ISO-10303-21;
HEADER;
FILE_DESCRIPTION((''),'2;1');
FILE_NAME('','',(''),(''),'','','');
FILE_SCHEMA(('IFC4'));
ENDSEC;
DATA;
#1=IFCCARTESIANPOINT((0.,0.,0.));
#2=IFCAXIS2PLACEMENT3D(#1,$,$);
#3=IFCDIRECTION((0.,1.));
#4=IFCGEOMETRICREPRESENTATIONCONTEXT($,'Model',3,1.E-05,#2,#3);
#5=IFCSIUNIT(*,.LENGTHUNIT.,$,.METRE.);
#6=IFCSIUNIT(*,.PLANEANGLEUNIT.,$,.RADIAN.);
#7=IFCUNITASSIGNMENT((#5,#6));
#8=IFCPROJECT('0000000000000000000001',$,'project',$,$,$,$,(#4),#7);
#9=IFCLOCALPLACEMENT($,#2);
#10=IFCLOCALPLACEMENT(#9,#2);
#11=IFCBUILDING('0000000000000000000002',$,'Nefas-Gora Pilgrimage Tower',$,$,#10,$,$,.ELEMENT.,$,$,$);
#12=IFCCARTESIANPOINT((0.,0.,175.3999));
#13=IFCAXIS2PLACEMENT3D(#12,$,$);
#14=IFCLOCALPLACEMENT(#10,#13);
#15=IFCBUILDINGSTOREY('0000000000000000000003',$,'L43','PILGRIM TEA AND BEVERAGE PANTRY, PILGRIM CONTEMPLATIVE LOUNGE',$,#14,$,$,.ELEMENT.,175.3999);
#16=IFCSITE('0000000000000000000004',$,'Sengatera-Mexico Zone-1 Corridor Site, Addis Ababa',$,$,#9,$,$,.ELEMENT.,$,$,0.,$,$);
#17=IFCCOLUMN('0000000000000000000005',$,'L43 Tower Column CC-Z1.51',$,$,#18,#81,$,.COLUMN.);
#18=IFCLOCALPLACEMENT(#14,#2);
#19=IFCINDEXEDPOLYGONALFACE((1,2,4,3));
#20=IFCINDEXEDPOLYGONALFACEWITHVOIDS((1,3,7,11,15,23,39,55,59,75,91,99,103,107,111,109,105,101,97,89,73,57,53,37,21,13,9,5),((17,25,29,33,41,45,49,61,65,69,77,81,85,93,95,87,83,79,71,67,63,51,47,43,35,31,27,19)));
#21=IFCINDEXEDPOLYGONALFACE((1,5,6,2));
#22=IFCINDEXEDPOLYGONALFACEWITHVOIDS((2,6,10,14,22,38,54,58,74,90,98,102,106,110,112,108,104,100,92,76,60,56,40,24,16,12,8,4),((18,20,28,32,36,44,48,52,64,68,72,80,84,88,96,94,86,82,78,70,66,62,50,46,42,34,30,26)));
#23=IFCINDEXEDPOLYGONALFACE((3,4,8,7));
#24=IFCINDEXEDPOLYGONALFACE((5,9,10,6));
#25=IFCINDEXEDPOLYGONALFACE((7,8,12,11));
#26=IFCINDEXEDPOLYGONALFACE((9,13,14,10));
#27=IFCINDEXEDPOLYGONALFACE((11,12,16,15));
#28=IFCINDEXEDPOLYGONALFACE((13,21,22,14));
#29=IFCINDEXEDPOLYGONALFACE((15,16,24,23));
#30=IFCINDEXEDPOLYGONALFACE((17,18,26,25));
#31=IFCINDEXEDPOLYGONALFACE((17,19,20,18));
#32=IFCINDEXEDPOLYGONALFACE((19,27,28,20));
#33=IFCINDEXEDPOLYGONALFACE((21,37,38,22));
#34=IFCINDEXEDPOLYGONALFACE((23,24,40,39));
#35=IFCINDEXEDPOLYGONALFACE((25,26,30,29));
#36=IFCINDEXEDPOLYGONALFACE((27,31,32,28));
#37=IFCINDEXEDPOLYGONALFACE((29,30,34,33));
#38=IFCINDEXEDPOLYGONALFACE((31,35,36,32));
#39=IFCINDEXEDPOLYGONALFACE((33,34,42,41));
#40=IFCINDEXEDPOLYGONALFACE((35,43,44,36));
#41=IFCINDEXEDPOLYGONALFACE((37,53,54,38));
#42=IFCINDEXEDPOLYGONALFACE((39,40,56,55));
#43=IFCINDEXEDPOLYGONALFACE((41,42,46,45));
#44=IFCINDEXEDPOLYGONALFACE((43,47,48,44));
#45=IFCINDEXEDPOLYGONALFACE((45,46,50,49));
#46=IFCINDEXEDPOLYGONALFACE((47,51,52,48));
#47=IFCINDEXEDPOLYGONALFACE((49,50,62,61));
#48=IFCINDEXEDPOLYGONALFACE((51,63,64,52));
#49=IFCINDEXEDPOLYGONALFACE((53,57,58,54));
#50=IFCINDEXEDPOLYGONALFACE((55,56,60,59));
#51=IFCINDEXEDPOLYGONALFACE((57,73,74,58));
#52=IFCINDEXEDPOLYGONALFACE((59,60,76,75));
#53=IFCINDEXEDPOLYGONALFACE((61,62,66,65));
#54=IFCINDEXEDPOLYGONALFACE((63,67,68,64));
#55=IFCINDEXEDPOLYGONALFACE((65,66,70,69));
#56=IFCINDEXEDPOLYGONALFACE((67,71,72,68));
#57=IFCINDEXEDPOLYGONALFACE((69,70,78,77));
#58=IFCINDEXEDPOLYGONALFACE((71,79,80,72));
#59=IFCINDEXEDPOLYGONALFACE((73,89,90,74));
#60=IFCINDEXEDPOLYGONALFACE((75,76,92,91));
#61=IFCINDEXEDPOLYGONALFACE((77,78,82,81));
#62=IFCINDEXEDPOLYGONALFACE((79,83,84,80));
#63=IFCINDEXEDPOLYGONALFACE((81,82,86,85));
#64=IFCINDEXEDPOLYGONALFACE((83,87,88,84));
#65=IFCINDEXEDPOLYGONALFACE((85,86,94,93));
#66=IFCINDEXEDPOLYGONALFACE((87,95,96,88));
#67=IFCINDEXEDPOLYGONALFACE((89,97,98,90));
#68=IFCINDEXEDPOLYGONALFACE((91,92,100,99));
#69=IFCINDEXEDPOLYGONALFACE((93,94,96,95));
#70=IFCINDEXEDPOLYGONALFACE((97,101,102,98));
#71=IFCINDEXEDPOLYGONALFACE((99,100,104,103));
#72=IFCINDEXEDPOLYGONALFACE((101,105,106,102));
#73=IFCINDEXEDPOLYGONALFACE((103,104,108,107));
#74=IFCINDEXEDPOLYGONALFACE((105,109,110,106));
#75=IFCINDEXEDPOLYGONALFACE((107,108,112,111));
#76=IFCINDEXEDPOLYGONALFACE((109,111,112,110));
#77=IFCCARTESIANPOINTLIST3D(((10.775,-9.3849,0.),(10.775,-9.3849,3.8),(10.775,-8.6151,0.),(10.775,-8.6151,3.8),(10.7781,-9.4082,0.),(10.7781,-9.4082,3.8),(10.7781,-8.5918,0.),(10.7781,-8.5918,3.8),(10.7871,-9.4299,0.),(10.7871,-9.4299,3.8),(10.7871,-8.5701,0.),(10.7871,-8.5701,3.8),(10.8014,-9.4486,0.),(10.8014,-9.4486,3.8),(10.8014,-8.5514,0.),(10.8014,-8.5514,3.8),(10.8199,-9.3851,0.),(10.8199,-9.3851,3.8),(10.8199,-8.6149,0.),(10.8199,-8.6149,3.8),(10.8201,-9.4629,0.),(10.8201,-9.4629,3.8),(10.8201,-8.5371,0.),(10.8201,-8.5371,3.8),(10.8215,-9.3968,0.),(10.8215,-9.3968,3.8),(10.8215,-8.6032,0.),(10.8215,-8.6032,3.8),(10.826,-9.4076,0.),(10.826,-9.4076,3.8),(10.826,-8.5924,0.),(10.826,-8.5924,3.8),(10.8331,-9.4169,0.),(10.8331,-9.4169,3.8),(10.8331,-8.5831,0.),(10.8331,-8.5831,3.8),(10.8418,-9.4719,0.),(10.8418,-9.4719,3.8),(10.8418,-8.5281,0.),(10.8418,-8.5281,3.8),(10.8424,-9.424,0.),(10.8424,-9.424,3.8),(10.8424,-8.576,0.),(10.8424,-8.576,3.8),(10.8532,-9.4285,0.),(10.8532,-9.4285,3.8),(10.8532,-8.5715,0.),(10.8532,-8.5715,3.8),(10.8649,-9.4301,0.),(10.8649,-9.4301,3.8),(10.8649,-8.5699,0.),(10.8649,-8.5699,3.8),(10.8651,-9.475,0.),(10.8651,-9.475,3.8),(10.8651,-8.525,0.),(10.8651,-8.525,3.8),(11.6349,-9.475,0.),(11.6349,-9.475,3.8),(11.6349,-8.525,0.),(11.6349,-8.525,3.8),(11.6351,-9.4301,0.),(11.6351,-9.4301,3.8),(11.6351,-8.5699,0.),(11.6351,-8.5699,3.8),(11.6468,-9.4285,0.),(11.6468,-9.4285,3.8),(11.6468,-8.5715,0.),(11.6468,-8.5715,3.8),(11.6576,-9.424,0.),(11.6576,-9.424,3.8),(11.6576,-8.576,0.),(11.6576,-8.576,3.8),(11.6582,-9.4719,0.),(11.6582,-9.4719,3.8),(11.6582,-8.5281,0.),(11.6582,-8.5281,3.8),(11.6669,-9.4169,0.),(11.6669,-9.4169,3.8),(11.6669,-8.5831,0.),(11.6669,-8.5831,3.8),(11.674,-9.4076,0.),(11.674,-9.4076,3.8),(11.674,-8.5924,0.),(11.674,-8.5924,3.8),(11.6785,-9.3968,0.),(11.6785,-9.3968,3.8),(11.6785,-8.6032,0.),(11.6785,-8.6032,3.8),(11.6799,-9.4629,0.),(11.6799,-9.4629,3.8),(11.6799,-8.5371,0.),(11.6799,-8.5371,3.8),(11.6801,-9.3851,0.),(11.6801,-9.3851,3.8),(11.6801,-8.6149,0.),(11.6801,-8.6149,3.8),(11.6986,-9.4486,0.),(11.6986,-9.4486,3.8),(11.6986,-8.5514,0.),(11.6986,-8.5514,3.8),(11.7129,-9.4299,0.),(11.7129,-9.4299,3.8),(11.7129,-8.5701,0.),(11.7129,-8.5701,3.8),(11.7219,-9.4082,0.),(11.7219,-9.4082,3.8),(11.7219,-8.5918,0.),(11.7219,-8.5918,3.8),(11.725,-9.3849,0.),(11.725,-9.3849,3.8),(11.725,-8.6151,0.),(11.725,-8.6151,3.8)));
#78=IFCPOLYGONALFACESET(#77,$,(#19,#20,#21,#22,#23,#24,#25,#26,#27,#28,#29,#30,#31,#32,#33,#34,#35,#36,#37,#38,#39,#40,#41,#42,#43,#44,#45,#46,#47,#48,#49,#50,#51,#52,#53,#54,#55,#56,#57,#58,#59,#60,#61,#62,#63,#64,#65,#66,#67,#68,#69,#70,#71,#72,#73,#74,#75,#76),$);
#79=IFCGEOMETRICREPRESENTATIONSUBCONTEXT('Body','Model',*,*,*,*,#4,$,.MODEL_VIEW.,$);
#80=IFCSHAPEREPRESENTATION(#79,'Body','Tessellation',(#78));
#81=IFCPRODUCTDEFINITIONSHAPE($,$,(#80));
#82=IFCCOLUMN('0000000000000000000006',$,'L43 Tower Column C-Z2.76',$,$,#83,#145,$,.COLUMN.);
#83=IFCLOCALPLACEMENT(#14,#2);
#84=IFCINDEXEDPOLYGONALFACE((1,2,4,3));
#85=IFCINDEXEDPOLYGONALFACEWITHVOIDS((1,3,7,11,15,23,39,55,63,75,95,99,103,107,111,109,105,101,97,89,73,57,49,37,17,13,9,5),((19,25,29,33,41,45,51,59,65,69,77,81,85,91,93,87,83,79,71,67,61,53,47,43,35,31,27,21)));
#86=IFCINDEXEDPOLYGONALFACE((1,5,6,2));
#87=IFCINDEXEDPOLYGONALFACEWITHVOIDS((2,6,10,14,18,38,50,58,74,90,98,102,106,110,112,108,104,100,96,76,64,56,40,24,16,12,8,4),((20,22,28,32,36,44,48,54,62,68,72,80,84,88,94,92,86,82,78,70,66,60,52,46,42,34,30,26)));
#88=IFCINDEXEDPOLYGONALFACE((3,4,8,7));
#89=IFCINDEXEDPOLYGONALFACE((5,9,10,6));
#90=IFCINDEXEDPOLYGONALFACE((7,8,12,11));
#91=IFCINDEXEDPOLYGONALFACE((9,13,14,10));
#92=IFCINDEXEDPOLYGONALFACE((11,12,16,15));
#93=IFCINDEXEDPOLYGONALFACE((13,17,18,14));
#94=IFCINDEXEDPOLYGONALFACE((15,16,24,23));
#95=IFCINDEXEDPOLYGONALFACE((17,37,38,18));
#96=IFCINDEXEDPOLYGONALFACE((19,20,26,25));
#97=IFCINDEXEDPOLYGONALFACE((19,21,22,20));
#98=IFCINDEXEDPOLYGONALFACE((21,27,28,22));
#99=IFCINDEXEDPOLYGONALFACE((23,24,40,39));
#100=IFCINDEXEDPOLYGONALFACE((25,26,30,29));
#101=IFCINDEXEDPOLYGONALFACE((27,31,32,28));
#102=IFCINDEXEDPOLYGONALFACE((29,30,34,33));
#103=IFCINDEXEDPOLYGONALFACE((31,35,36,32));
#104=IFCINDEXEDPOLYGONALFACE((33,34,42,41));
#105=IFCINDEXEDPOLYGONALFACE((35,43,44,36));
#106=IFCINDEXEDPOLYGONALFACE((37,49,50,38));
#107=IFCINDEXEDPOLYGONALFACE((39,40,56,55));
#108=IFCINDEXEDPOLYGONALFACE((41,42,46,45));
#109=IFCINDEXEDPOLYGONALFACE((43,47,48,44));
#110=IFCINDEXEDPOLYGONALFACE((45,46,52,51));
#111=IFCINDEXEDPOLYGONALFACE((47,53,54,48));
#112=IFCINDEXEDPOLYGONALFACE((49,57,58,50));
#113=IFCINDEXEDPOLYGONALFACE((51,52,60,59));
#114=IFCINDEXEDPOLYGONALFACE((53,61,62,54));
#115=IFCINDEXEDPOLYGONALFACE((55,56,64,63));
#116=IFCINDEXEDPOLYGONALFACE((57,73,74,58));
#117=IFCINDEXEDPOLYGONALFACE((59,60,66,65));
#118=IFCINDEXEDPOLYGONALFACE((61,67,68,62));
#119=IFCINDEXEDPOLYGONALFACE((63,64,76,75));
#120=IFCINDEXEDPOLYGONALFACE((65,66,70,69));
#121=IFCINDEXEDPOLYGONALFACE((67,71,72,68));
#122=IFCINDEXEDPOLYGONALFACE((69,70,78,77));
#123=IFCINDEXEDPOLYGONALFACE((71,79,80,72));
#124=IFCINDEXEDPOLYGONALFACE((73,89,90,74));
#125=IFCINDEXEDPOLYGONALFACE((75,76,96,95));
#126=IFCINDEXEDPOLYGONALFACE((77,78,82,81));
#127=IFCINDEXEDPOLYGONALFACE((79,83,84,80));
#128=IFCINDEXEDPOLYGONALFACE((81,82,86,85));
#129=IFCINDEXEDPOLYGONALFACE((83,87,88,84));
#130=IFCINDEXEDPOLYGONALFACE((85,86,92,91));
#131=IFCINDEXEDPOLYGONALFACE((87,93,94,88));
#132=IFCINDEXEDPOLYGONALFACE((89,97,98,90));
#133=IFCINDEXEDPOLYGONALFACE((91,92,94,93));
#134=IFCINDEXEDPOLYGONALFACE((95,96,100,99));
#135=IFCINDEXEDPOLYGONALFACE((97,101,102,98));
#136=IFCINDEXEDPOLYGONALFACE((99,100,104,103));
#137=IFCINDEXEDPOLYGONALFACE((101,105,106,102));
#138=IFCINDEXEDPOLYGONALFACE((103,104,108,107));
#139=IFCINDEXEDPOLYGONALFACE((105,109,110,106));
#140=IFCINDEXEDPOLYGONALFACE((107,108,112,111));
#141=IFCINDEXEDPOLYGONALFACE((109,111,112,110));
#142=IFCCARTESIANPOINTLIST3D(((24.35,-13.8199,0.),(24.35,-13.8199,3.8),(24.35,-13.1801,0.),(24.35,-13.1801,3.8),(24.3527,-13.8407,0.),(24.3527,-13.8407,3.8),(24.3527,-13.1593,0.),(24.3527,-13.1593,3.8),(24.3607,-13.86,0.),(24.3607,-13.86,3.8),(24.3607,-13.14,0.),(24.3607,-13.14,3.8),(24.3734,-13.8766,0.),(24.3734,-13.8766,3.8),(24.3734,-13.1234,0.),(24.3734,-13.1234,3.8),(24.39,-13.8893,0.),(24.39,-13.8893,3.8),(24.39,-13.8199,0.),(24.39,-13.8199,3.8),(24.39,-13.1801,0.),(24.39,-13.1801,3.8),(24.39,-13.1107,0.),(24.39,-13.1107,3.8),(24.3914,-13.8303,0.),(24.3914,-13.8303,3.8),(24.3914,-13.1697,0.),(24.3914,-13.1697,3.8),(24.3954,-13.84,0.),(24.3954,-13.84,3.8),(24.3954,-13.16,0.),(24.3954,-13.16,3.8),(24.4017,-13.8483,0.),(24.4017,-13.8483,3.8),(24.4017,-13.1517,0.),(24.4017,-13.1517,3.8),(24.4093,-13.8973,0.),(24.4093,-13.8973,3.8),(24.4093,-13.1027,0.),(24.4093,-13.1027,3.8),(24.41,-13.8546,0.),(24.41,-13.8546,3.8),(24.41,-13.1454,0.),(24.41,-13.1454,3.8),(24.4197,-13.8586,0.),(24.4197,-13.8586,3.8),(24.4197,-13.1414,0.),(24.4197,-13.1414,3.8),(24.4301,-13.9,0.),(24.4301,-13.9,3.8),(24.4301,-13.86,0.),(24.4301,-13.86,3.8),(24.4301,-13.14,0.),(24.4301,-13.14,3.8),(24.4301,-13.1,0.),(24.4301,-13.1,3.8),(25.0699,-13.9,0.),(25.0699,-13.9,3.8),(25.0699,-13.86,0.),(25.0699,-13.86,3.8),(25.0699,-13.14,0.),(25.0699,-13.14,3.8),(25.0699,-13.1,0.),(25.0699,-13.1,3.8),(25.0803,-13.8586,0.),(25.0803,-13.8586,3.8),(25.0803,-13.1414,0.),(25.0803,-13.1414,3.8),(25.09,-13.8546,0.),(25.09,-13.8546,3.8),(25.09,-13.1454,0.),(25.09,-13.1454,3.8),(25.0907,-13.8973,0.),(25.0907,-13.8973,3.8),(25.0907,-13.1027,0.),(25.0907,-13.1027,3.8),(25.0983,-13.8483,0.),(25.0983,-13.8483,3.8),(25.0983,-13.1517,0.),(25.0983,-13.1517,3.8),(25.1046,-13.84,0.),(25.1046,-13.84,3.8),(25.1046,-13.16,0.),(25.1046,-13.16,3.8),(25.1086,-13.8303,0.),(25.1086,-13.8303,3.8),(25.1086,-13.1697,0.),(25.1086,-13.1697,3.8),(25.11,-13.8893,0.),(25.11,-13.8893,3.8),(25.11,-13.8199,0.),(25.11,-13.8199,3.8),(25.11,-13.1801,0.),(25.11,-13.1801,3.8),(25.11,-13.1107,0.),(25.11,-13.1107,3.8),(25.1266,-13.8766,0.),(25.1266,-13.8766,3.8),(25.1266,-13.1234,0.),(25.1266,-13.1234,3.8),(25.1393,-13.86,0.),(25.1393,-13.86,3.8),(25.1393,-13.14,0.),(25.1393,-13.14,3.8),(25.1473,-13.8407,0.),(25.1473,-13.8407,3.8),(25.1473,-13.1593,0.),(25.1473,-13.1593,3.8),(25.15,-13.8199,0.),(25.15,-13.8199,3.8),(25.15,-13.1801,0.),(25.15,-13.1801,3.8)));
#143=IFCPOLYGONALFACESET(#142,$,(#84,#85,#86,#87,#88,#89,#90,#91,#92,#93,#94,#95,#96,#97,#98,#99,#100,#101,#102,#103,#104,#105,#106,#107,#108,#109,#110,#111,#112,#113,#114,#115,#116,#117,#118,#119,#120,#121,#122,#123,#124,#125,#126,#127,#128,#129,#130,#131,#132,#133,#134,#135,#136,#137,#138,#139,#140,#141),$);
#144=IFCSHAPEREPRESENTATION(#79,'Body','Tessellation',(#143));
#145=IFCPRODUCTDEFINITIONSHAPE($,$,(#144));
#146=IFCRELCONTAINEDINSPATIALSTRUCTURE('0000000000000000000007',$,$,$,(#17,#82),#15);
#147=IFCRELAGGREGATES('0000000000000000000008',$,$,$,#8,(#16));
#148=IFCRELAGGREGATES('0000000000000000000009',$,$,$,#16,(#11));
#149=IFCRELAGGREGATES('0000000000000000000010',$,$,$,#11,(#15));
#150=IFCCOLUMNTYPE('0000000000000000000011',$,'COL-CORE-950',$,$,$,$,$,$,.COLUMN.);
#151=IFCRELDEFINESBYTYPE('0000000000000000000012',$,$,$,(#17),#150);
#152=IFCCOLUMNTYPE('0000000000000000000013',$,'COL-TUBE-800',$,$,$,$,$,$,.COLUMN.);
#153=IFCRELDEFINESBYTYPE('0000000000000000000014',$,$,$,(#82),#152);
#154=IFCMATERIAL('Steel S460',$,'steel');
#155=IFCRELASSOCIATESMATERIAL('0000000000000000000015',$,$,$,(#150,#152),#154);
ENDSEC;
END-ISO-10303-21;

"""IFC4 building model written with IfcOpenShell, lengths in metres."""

from ifc_helpers import new_model, si_unit, direction, frame, origin, origin_2d, place, context, subcontext, project, spatial, hollow_rectangle, extrude, source, transform, mapped, material, material_profile, profile_set, type_object, element, save


model = new_model("IFC4")

# Units and contexts
model_context = context("Model", 3, precision=1e-05, world=origin(), true_north=direction((0.0, 1.0)))
body_context = subcontext(model_context, "Body", "Model", "MODEL_VIEW")
ifc_project = project(units=[si_unit("LENGTHUNIT", "METRE"), si_unit("PLANEANGLEUNIT", "RADIAN")], contexts=[model_context])

# Site, building, storey
site_placement = place(None, origin())
site = spatial("IfcSite", under=ifc_project, at=site_placement, Name="Sengatera-Mexico Zone-1 Corridor Site, Addis Ababa", CompositionType="ELEMENT", RefElevation=0.0)
building_placement = place(site_placement, origin())
building = spatial("IfcBuilding", under=site, at=building_placement, Name="Nefas-Gora Pilgrimage Tower", CompositionType="ELEMENT")
storey_placement = place(building_placement, frame((0.0, 0.0, 175.3999)))
storey = spatial("IfcBuildingStorey", under=building, at=storey_placement, Name="L43", Description="PILGRIM TEA AND BEVERAGE PANTRY, PILGRIM CONTEMPLATIVE LOUNGE", CompositionType="ELEMENT", Elevation=175.3999)

# Columns
ifc_material_1 = material(Name="Steel S460", Category="steel")
ifc_material_profile_1 = material_profile(ifc_material_1, hollow_rectangle(XDim=0.95, YDim=0.95, WallThickness=0.0449, InnerFilletRadius=0.0449, OuterFilletRadius=0.0901, at=origin_2d()), Name="BOX 950x950x45")
ifc_profile_set_1 = profile_set([ifc_material_profile_1], Name="Steel S460")
column_type_1 = type_object("IfcColumnType", Name="COL-CORE-950", PredefinedType="COLUMN", material=ifc_profile_set_1)
shared_shape_1 = source(origin(), body_context, "Body", "SweptSolid", [
    extrude(hollow_rectangle(XDim=0.95, YDim=0.95, WallThickness=0.0449, InnerFilletRadius=0.0449, OuterFilletRadius=0.0901, at=origin_2d()), origin(), (0.0, 0.0, 1.0), 3.8),
])
column_placement = place(storey_placement, frame((11.25, -9.0, 0.0), z_axis=(0.0, 0.0, 1.0), x_axis=(1.0, 0.0, 0.0)))
element("IfcColumn", 1, at=column_placement, inside=storey, type_object=column_type_1, Name="L43 Tower Column CC-Z1.51", PredefinedType="COLUMN", context=body_context, shape_type="MappedRepresentation", body=[
    mapped(shared_shape_1, transform((0.0, 0.0, 0.0), x_axis=(1.0, 0.0, 0.0), y_axis=(0.0, 1.0, 0.0), z_axis=(0.0, 0.0, 1.0), scale=1.0)),
])
ifc_material_profile_2 = material_profile(ifc_material_1, hollow_rectangle(XDim=0.8, YDim=0.8, WallThickness=0.04, InnerFilletRadius=0.04, OuterFilletRadius=0.0801, at=origin_2d()), Name="BOX 800x800x40")
ifc_profile_set_2 = profile_set([ifc_material_profile_2], Name="Steel S460")
column_type_2 = type_object("IfcColumnType", Name="COL-TUBE-800", PredefinedType="COLUMN", material=ifc_profile_set_2)
shared_shape_2 = source(origin(), body_context, "Body", "SweptSolid", [
    extrude(hollow_rectangle(XDim=0.8, YDim=0.8, WallThickness=0.04, InnerFilletRadius=0.04, OuterFilletRadius=0.0801, at=origin_2d()), origin(), (0.0, 0.0, 1.0), 3.8),
])
for number, where, z_axis, x_axis, name in (
    (2, (24.75, -13.5, 0.0), (0.0, 0.0, 1.0), (1.0, 0.0, 0.0), "L43 Tower Column C-Z2.76"),
):
    element("IfcColumn", number, at=place(storey_placement, frame(where, z_axis=z_axis, x_axis=x_axis)), inside=storey, type_object=column_type_2, Name=name, PredefinedType="COLUMN", context=body_context, shape_type="MappedRepresentation", body=[
        mapped(shared_shape_2, transform((0.0, 0.0, 0.0), x_axis=(1.0, 0.0, 0.0), y_axis=(0.0, 1.0, 0.0), z_axis=(0.0, 0.0, 1.0), scale=1.0)),
    ])

save(model, "model.ifc")
